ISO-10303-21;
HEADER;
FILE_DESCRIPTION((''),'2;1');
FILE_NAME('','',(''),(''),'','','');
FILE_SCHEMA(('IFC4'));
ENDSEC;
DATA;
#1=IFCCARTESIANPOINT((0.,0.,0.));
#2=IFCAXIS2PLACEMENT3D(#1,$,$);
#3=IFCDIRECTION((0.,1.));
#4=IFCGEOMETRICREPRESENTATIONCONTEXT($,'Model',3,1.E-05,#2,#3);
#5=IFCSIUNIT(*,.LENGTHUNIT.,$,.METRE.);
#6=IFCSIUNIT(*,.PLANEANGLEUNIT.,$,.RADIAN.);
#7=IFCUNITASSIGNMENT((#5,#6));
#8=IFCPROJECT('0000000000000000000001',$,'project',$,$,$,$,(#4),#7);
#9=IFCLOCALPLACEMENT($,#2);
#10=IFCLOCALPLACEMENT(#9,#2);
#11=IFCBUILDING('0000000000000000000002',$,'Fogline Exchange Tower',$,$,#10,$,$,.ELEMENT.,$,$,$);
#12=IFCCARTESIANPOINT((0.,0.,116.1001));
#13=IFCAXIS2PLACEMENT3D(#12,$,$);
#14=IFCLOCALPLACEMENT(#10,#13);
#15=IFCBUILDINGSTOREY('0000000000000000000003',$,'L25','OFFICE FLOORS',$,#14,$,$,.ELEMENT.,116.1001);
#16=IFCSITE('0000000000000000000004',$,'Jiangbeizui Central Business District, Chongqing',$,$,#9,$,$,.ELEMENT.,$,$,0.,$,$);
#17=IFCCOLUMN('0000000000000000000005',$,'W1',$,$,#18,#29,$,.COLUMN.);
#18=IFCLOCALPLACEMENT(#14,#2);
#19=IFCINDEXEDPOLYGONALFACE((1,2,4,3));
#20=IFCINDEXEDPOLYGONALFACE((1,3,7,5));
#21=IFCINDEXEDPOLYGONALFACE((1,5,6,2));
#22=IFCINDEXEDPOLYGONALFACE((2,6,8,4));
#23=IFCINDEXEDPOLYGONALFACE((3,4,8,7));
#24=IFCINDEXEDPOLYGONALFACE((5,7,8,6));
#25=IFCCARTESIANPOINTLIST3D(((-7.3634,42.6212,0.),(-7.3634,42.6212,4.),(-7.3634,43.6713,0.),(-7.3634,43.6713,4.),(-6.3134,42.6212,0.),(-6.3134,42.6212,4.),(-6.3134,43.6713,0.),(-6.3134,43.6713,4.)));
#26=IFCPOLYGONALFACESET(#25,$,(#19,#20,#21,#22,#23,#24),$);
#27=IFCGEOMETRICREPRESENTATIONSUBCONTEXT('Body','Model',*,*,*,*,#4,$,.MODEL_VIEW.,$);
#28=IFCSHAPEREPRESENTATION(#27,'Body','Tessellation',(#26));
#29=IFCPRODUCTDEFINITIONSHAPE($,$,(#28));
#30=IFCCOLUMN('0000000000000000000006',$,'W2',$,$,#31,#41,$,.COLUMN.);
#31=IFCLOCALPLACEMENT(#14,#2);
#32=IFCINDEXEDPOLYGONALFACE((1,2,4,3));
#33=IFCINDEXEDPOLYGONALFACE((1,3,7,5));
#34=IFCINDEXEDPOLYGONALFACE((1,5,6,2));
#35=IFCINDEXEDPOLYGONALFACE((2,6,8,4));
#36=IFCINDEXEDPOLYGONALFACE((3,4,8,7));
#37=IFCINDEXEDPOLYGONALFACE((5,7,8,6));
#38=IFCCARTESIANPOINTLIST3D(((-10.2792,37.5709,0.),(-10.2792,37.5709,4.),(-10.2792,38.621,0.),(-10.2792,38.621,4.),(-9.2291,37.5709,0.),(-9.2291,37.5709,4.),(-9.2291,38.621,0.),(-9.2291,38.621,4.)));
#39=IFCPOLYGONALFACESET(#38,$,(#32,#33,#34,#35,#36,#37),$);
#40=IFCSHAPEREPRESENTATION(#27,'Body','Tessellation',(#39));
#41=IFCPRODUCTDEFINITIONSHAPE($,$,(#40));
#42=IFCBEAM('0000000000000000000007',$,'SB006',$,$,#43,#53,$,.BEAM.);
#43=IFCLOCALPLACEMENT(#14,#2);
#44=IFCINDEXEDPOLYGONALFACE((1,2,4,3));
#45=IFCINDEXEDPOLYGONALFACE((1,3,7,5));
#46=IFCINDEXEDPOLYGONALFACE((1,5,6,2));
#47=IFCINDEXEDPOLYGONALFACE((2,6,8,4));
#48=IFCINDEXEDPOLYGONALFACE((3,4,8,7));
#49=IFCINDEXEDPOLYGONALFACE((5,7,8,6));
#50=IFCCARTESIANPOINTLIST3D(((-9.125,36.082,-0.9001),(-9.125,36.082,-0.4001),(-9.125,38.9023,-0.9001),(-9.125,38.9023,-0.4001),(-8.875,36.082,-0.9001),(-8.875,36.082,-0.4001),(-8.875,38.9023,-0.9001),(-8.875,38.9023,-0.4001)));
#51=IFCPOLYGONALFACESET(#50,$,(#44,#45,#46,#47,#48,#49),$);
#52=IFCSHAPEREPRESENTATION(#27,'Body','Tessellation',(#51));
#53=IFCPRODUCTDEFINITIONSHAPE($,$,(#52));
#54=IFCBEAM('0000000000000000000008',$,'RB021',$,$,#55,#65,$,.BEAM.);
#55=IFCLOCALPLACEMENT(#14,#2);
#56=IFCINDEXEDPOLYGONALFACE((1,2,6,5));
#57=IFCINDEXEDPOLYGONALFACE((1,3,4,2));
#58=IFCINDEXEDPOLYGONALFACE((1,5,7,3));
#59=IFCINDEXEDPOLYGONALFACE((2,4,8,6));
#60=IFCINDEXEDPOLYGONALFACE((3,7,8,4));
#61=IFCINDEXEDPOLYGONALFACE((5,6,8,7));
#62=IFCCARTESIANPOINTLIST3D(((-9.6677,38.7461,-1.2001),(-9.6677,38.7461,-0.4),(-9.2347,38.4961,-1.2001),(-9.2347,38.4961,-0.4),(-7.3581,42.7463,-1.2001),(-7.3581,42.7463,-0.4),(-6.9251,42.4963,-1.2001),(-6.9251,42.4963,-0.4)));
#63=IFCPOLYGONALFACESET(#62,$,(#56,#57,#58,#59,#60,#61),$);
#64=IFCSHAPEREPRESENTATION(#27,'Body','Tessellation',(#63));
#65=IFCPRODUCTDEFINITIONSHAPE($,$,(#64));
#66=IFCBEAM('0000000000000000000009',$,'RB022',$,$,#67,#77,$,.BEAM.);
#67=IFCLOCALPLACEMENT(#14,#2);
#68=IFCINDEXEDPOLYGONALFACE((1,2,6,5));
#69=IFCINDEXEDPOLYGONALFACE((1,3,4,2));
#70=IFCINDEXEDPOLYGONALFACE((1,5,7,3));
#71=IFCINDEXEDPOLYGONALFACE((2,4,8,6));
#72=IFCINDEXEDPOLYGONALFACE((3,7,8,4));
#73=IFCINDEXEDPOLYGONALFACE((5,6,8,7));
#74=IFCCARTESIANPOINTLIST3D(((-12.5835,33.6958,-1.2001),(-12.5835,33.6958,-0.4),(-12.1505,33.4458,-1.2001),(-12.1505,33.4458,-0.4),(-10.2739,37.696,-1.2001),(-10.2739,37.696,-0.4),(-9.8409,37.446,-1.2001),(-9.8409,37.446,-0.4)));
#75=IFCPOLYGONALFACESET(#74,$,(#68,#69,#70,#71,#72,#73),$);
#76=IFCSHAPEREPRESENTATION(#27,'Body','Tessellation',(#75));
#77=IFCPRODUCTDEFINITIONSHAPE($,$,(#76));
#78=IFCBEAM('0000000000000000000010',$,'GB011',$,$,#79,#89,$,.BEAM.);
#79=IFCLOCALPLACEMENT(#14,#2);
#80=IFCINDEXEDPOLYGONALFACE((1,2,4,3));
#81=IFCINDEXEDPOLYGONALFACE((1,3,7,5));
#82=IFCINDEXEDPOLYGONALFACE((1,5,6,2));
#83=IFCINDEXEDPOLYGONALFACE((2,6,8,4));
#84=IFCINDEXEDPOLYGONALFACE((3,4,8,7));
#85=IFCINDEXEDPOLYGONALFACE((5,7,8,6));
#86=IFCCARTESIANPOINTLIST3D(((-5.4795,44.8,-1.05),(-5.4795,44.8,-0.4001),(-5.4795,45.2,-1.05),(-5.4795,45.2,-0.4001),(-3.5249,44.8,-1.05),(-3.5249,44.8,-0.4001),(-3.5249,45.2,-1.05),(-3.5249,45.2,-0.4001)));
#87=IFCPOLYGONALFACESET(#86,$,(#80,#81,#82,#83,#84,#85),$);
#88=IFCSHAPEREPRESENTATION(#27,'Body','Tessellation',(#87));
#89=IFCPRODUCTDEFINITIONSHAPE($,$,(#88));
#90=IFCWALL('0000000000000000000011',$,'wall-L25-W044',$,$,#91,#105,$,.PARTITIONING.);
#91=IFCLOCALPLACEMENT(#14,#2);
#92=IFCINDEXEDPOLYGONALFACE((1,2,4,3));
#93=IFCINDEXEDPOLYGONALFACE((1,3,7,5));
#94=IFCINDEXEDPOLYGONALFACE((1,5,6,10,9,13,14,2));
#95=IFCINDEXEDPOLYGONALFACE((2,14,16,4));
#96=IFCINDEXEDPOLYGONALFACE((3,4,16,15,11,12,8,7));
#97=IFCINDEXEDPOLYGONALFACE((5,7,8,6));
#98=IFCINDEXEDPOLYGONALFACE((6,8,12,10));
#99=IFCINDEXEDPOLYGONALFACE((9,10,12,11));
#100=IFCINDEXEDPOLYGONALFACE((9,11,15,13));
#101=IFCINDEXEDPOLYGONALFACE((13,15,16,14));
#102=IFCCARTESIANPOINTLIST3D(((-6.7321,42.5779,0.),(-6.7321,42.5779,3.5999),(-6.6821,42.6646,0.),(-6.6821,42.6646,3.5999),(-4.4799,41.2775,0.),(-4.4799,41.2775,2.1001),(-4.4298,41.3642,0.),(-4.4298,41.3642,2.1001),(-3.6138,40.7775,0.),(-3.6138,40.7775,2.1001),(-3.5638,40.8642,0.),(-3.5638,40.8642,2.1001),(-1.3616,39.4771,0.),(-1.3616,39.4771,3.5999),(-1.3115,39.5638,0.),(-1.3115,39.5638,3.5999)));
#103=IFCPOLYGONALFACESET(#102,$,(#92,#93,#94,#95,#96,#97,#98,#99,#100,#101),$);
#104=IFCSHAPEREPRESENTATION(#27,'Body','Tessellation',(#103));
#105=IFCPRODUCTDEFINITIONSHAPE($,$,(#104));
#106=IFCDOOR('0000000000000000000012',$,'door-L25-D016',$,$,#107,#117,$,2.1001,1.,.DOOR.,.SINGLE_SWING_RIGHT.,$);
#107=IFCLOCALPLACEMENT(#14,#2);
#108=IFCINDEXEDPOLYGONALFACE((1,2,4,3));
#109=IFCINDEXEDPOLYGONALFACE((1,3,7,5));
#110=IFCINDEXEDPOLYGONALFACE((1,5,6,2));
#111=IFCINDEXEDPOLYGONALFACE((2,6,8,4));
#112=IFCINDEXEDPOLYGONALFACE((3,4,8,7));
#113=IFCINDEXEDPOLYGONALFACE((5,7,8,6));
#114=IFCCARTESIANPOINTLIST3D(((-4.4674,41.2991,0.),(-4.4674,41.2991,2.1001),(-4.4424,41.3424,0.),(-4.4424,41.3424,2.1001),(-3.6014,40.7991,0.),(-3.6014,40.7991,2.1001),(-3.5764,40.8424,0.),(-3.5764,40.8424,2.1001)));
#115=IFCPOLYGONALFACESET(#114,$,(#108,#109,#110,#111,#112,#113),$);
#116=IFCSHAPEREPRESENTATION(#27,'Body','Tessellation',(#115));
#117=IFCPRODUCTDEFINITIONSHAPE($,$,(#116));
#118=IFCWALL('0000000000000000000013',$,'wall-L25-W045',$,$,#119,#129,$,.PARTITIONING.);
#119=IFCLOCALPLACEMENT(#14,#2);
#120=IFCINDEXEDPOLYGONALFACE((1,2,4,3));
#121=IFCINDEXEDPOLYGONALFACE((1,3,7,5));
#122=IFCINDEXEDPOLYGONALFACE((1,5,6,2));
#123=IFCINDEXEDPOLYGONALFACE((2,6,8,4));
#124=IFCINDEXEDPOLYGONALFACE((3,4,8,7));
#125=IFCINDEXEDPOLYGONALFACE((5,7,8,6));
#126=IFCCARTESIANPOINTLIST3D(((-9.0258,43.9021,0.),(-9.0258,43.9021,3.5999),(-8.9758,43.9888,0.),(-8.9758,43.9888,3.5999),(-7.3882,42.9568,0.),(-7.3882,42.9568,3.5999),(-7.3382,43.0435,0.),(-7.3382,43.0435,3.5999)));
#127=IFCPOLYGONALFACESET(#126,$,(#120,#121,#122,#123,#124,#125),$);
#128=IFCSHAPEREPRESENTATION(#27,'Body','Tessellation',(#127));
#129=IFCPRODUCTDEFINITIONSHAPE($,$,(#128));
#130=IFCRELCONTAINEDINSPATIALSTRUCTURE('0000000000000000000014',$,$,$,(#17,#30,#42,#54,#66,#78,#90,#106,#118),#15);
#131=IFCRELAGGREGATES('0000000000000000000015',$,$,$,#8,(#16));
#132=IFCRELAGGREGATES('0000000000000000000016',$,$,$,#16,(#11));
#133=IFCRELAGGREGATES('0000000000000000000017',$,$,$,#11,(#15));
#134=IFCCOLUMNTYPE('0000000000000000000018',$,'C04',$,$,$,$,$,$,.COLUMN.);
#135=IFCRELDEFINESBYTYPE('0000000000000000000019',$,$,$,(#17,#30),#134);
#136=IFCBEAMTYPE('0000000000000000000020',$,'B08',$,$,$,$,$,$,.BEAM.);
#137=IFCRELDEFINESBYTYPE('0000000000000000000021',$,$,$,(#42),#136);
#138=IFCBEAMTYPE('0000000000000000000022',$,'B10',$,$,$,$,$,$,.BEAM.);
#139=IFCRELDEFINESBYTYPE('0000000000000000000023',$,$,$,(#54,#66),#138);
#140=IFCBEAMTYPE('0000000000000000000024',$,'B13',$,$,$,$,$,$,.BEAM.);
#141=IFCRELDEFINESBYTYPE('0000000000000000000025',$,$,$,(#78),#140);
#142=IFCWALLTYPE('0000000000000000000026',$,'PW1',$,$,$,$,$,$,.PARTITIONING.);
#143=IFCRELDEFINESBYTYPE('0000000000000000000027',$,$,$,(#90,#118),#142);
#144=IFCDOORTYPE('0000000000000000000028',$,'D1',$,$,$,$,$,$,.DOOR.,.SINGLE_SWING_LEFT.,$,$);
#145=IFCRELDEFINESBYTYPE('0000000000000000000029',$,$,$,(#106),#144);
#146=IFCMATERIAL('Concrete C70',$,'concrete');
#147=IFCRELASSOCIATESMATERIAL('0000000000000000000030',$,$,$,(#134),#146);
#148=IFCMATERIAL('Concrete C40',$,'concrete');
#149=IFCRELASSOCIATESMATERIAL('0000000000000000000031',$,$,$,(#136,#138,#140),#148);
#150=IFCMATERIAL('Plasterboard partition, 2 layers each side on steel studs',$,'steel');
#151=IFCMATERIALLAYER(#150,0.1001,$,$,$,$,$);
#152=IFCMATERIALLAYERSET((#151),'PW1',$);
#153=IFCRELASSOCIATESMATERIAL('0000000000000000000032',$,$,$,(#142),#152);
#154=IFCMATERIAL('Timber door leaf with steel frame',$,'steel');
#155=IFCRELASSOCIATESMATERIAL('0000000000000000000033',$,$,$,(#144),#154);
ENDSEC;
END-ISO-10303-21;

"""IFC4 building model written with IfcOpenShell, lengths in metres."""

from ifc_helpers import new_model, si_unit, direction, frame, frame_2d, origin, origin_2d, place, context, subcontext, project, spatial, rectangle, extrude, material, layer, layer_set, material_profile, profile_set, type_object, element, fill, save


model = new_model("IFC4")

# Units and contexts
model_context = context("Model", 3, precision=1e-05, world=origin(), true_north=direction((0.0, 1.0)))
body_context = subcontext(model_context, "Body", "Model", "MODEL_VIEW")
ifc_project = project(units=[si_unit("LENGTHUNIT", "METRE"), si_unit("PLANEANGLEUNIT", "RADIAN")], contexts=[model_context])

# Site, building, storey
site_placement = place(None, origin())
site = spatial("IfcSite", under=ifc_project, at=site_placement, Name="Jiangbeizui Central Business District, Chongqing", CompositionType="ELEMENT", RefElevation=0.0)
building_placement = place(site_placement, origin())
building = spatial("IfcBuilding", under=site, at=building_placement, Name="Fogline Exchange Tower", CompositionType="ELEMENT")
storey_placement = place(building_placement, frame((0.0, 0.0, 116.1001)))
storey = spatial("IfcBuildingStorey", under=building, at=storey_placement, Name="L25", Description="OFFICE FLOORS", CompositionType="ELEMENT", Elevation=116.1001)

# Columns
ifc_material_1 = material(Name="Concrete C70", Category="concrete")
ifc_material_profile_1 = material_profile(ifc_material_1, rectangle(XDim=1.05, YDim=1.05, at=origin_2d()), Name="RC 1050x1050")
ifc_profile_set_1 = profile_set([ifc_material_profile_1], Name="Concrete C70")
column_type = type_object("IfcColumnType", Name="C04", PredefinedType="COLUMN", material=ifc_profile_set_1)
for number, where, z_axis, x_axis, name in (
    (1, (-6.8384, 43.1462, 0.0), (0.0, 0.0, 1.0), (1.0, 0.0, 0.0), "W1"),
    (2, (-9.7542, 38.0959, 0.0), (0.0, 0.0, 1.0), (1.0, 0.0, 0.0), "W2"),
):
    element("IfcColumn", number, at=place(storey_placement, frame(where, z_axis=z_axis, x_axis=x_axis)), inside=storey, type_object=column_type, Name=name, PredefinedType="COLUMN", context=body_context, shape_type="SweptSolid", body=[
        extrude(rectangle(XDim=1.05, YDim=1.05, at=origin_2d()), origin(), (0.0, 0.0, 1.0), 4.0),
    ])

# Beams
ifc_material_2 = material(Name="Concrete C40", Category="concrete")
ifc_material_profile_2 = material_profile(ifc_material_2, rectangle(XDim=0.25, YDim=0.5, at=origin_2d()), Name="RC 250x500")
ifc_profile_set_2 = profile_set([ifc_material_profile_2], Name="Concrete C40")
beam_type_1 = type_object("IfcBeamType", Name="B08", PredefinedType="BEAM", material=ifc_profile_set_2)
beam_1_placement = place(storey_placement, frame((-9.0, 36.082, -0.6501), z_axis=(0.0, 1.0, 0.0), x_axis=(-1.0, 0.0, 0.0)))
element("IfcBeam", 3, at=beam_1_placement, inside=storey, type_object=beam_type_1, Name="SB006", PredefinedType="BEAM", context=body_context, shape_type="SweptSolid", body=[
    extrude(rectangle(XDim=0.25, YDim=0.5, at=origin_2d()), origin(), (0.0, 0.0, 1.0), 2.8203),
])
ifc_material_profile_3 = material_profile(ifc_material_2, rectangle(XDim=0.5, YDim=0.8, at=origin_2d()), Name="RC 500x800")
ifc_profile_set_3 = profile_set([ifc_material_profile_3], Name="Concrete C40")
beam_type_2 = type_object("IfcBeamType", Name="B10", PredefinedType="BEAM", material=ifc_profile_set_3)
for number, where, z_axis, x_axis, name in (
    (4, (-7.1416, 42.6213, -0.8), (-0.500005, -0.866023, 0.0), (0.866023, -0.500005, 0.0), "RB021"),
    (5, (-10.0574, 37.571, -0.8), (-0.500005, -0.866023, 0.0), (0.866023, -0.500005, 0.0), "RB022"),
):
    element("IfcBeam", number, at=place(storey_placement, frame(where, z_axis=z_axis, x_axis=x_axis)), inside=storey, type_object=beam_type_2, Name=name, PredefinedType="BEAM", context=body_context, shape_type="SweptSolid", body=[
        extrude(rectangle(XDim=0.5, YDim=0.8, at=origin_2d()), origin(), (0.0, 0.0, 1.0), 4.6191),
    ])
ifc_material_profile_4 = material_profile(ifc_material_2, rectangle(XDim=0.3999, YDim=0.6499, at=origin_2d()), Name="RC 400x650")
ifc_profile_set_4 = profile_set([ifc_material_profile_4], Name="Concrete C40")
beam_type_3 = type_object("IfcBeamType", Name="B13", PredefinedType="BEAM", material=ifc_profile_set_4)
beam_2_placement = place(storey_placement, frame((-5.4795, 45.0, -0.7251), z_axis=(1.0, 0.0, 0.0), x_axis=(0.0, 1.0, 0.0)))
element("IfcBeam", 6, at=beam_2_placement, inside=storey, type_object=beam_type_3, Name="GB011", PredefinedType="BEAM", context=body_context, shape_type="SweptSolid", body=[
    extrude(rectangle(XDim=0.3999, YDim=0.6499, at=origin_2d()), origin(), (0.0, 0.0, 1.0), 1.9546),
])

# Wall, opening, door
ifc_material_3 = material(Name="Plasterboard partition, 2 layers each side on steel studs", Category="steel")
ifc_layer = layer(ifc_material_3, 0.1001)
ifc_layer_set = layer_set([ifc_layer], Name="PW1")
wall_type = type_object("IfcWallType", Name="PW1", PredefinedType="PARTITIONING", material=ifc_layer_set)
wall_1_placement = place(storey_placement, frame((-1.3367, 39.5205, 0.0), z_axis=(0.0, 0.0, 1.0), x_axis=(-0.866018, 0.500013, 0.0)))
wall_1 = element("IfcWall", 7, at=wall_1_placement, inside=storey, type_object=wall_type, Name="wall-L25-W044", PredefinedType="PARTITIONING", context=body_context, shape_type="SweptSolid", body=[
    extrude(rectangle(XDim=6.2014, YDim=0.1001, at=frame_2d((3.1006, 0.0))), origin(), (0.0, 0.0, 1.0), 3.5999),
])
opening_placement = place(wall_1_placement, frame((2.6006, 0.0, 0.0)))
opening = element("IfcOpeningElement", 8, at=opening_placement, cuts=wall_1, PredefinedType="OPENING", context=body_context, shape_type="SweptSolid", body=[
    extrude(rectangle(XDim=1.0, YDim=2.1001, at=frame_2d((0.5, 1.05))), frame((0.0, 0.0601, 0.0), z_axis=(0.0, -1.0, 0.0), x_axis=(1.0, 0.0, 0.0)), (0.0, 0.0, 1.0), 0.1201),
])
ifc_material_4 = material(Name="Timber door leaf with steel frame", Category="steel")
door_type = type_object("IfcDoorType", Name="D1", OperationType="SINGLE_SWING_LEFT", PredefinedType="DOOR", material=ifc_material_4)
door_placement = place(opening_placement, frame((1.0, 0.0, 0.0), z_axis=(0.0, 0.0, 1.0), x_axis=(-1.0, 0.0, 0.0)))
door = element("IfcDoor", 9, at=door_placement, inside=storey, type_object=door_type, Name="door-L25-D016", OperationType="SINGLE_SWING_RIGHT", OverallHeight=2.1001, OverallWidth=1.0, PredefinedType="DOOR", context=body_context, shape_type="SweptSolid", body=[
    extrude(rectangle(XDim=1.0, YDim=2.1001, at=frame_2d((0.5, 1.05))), frame((0.0, 0.0249, 0.0), z_axis=(0.0, -1.0, 0.0), x_axis=(1.0, 0.0, 0.0)), (0.0, 0.0, 1.0), 0.05),
])
fill(opening, door)

# Wall
wall_2_placement = place(storey_placement, frame((-7.3633, 43.0002, 0.0), z_axis=(0.0, 0.0, 1.0), x_axis=(-0.866074, 0.499916, 0.0)))
element("IfcWall", 10, at=wall_2_placement, inside=storey, type_object=wall_type, Name="wall-L25-W045", PredefinedType="PARTITIONING", context=body_context, shape_type="SweptSolid", body=[
    extrude(rectangle(XDim=1.8909, YDim=0.1001, at=frame_2d((0.9453, 0.0))), origin(), (0.0, 0.0, 1.0), 3.5999),
])

save(model, "model.ifc")
